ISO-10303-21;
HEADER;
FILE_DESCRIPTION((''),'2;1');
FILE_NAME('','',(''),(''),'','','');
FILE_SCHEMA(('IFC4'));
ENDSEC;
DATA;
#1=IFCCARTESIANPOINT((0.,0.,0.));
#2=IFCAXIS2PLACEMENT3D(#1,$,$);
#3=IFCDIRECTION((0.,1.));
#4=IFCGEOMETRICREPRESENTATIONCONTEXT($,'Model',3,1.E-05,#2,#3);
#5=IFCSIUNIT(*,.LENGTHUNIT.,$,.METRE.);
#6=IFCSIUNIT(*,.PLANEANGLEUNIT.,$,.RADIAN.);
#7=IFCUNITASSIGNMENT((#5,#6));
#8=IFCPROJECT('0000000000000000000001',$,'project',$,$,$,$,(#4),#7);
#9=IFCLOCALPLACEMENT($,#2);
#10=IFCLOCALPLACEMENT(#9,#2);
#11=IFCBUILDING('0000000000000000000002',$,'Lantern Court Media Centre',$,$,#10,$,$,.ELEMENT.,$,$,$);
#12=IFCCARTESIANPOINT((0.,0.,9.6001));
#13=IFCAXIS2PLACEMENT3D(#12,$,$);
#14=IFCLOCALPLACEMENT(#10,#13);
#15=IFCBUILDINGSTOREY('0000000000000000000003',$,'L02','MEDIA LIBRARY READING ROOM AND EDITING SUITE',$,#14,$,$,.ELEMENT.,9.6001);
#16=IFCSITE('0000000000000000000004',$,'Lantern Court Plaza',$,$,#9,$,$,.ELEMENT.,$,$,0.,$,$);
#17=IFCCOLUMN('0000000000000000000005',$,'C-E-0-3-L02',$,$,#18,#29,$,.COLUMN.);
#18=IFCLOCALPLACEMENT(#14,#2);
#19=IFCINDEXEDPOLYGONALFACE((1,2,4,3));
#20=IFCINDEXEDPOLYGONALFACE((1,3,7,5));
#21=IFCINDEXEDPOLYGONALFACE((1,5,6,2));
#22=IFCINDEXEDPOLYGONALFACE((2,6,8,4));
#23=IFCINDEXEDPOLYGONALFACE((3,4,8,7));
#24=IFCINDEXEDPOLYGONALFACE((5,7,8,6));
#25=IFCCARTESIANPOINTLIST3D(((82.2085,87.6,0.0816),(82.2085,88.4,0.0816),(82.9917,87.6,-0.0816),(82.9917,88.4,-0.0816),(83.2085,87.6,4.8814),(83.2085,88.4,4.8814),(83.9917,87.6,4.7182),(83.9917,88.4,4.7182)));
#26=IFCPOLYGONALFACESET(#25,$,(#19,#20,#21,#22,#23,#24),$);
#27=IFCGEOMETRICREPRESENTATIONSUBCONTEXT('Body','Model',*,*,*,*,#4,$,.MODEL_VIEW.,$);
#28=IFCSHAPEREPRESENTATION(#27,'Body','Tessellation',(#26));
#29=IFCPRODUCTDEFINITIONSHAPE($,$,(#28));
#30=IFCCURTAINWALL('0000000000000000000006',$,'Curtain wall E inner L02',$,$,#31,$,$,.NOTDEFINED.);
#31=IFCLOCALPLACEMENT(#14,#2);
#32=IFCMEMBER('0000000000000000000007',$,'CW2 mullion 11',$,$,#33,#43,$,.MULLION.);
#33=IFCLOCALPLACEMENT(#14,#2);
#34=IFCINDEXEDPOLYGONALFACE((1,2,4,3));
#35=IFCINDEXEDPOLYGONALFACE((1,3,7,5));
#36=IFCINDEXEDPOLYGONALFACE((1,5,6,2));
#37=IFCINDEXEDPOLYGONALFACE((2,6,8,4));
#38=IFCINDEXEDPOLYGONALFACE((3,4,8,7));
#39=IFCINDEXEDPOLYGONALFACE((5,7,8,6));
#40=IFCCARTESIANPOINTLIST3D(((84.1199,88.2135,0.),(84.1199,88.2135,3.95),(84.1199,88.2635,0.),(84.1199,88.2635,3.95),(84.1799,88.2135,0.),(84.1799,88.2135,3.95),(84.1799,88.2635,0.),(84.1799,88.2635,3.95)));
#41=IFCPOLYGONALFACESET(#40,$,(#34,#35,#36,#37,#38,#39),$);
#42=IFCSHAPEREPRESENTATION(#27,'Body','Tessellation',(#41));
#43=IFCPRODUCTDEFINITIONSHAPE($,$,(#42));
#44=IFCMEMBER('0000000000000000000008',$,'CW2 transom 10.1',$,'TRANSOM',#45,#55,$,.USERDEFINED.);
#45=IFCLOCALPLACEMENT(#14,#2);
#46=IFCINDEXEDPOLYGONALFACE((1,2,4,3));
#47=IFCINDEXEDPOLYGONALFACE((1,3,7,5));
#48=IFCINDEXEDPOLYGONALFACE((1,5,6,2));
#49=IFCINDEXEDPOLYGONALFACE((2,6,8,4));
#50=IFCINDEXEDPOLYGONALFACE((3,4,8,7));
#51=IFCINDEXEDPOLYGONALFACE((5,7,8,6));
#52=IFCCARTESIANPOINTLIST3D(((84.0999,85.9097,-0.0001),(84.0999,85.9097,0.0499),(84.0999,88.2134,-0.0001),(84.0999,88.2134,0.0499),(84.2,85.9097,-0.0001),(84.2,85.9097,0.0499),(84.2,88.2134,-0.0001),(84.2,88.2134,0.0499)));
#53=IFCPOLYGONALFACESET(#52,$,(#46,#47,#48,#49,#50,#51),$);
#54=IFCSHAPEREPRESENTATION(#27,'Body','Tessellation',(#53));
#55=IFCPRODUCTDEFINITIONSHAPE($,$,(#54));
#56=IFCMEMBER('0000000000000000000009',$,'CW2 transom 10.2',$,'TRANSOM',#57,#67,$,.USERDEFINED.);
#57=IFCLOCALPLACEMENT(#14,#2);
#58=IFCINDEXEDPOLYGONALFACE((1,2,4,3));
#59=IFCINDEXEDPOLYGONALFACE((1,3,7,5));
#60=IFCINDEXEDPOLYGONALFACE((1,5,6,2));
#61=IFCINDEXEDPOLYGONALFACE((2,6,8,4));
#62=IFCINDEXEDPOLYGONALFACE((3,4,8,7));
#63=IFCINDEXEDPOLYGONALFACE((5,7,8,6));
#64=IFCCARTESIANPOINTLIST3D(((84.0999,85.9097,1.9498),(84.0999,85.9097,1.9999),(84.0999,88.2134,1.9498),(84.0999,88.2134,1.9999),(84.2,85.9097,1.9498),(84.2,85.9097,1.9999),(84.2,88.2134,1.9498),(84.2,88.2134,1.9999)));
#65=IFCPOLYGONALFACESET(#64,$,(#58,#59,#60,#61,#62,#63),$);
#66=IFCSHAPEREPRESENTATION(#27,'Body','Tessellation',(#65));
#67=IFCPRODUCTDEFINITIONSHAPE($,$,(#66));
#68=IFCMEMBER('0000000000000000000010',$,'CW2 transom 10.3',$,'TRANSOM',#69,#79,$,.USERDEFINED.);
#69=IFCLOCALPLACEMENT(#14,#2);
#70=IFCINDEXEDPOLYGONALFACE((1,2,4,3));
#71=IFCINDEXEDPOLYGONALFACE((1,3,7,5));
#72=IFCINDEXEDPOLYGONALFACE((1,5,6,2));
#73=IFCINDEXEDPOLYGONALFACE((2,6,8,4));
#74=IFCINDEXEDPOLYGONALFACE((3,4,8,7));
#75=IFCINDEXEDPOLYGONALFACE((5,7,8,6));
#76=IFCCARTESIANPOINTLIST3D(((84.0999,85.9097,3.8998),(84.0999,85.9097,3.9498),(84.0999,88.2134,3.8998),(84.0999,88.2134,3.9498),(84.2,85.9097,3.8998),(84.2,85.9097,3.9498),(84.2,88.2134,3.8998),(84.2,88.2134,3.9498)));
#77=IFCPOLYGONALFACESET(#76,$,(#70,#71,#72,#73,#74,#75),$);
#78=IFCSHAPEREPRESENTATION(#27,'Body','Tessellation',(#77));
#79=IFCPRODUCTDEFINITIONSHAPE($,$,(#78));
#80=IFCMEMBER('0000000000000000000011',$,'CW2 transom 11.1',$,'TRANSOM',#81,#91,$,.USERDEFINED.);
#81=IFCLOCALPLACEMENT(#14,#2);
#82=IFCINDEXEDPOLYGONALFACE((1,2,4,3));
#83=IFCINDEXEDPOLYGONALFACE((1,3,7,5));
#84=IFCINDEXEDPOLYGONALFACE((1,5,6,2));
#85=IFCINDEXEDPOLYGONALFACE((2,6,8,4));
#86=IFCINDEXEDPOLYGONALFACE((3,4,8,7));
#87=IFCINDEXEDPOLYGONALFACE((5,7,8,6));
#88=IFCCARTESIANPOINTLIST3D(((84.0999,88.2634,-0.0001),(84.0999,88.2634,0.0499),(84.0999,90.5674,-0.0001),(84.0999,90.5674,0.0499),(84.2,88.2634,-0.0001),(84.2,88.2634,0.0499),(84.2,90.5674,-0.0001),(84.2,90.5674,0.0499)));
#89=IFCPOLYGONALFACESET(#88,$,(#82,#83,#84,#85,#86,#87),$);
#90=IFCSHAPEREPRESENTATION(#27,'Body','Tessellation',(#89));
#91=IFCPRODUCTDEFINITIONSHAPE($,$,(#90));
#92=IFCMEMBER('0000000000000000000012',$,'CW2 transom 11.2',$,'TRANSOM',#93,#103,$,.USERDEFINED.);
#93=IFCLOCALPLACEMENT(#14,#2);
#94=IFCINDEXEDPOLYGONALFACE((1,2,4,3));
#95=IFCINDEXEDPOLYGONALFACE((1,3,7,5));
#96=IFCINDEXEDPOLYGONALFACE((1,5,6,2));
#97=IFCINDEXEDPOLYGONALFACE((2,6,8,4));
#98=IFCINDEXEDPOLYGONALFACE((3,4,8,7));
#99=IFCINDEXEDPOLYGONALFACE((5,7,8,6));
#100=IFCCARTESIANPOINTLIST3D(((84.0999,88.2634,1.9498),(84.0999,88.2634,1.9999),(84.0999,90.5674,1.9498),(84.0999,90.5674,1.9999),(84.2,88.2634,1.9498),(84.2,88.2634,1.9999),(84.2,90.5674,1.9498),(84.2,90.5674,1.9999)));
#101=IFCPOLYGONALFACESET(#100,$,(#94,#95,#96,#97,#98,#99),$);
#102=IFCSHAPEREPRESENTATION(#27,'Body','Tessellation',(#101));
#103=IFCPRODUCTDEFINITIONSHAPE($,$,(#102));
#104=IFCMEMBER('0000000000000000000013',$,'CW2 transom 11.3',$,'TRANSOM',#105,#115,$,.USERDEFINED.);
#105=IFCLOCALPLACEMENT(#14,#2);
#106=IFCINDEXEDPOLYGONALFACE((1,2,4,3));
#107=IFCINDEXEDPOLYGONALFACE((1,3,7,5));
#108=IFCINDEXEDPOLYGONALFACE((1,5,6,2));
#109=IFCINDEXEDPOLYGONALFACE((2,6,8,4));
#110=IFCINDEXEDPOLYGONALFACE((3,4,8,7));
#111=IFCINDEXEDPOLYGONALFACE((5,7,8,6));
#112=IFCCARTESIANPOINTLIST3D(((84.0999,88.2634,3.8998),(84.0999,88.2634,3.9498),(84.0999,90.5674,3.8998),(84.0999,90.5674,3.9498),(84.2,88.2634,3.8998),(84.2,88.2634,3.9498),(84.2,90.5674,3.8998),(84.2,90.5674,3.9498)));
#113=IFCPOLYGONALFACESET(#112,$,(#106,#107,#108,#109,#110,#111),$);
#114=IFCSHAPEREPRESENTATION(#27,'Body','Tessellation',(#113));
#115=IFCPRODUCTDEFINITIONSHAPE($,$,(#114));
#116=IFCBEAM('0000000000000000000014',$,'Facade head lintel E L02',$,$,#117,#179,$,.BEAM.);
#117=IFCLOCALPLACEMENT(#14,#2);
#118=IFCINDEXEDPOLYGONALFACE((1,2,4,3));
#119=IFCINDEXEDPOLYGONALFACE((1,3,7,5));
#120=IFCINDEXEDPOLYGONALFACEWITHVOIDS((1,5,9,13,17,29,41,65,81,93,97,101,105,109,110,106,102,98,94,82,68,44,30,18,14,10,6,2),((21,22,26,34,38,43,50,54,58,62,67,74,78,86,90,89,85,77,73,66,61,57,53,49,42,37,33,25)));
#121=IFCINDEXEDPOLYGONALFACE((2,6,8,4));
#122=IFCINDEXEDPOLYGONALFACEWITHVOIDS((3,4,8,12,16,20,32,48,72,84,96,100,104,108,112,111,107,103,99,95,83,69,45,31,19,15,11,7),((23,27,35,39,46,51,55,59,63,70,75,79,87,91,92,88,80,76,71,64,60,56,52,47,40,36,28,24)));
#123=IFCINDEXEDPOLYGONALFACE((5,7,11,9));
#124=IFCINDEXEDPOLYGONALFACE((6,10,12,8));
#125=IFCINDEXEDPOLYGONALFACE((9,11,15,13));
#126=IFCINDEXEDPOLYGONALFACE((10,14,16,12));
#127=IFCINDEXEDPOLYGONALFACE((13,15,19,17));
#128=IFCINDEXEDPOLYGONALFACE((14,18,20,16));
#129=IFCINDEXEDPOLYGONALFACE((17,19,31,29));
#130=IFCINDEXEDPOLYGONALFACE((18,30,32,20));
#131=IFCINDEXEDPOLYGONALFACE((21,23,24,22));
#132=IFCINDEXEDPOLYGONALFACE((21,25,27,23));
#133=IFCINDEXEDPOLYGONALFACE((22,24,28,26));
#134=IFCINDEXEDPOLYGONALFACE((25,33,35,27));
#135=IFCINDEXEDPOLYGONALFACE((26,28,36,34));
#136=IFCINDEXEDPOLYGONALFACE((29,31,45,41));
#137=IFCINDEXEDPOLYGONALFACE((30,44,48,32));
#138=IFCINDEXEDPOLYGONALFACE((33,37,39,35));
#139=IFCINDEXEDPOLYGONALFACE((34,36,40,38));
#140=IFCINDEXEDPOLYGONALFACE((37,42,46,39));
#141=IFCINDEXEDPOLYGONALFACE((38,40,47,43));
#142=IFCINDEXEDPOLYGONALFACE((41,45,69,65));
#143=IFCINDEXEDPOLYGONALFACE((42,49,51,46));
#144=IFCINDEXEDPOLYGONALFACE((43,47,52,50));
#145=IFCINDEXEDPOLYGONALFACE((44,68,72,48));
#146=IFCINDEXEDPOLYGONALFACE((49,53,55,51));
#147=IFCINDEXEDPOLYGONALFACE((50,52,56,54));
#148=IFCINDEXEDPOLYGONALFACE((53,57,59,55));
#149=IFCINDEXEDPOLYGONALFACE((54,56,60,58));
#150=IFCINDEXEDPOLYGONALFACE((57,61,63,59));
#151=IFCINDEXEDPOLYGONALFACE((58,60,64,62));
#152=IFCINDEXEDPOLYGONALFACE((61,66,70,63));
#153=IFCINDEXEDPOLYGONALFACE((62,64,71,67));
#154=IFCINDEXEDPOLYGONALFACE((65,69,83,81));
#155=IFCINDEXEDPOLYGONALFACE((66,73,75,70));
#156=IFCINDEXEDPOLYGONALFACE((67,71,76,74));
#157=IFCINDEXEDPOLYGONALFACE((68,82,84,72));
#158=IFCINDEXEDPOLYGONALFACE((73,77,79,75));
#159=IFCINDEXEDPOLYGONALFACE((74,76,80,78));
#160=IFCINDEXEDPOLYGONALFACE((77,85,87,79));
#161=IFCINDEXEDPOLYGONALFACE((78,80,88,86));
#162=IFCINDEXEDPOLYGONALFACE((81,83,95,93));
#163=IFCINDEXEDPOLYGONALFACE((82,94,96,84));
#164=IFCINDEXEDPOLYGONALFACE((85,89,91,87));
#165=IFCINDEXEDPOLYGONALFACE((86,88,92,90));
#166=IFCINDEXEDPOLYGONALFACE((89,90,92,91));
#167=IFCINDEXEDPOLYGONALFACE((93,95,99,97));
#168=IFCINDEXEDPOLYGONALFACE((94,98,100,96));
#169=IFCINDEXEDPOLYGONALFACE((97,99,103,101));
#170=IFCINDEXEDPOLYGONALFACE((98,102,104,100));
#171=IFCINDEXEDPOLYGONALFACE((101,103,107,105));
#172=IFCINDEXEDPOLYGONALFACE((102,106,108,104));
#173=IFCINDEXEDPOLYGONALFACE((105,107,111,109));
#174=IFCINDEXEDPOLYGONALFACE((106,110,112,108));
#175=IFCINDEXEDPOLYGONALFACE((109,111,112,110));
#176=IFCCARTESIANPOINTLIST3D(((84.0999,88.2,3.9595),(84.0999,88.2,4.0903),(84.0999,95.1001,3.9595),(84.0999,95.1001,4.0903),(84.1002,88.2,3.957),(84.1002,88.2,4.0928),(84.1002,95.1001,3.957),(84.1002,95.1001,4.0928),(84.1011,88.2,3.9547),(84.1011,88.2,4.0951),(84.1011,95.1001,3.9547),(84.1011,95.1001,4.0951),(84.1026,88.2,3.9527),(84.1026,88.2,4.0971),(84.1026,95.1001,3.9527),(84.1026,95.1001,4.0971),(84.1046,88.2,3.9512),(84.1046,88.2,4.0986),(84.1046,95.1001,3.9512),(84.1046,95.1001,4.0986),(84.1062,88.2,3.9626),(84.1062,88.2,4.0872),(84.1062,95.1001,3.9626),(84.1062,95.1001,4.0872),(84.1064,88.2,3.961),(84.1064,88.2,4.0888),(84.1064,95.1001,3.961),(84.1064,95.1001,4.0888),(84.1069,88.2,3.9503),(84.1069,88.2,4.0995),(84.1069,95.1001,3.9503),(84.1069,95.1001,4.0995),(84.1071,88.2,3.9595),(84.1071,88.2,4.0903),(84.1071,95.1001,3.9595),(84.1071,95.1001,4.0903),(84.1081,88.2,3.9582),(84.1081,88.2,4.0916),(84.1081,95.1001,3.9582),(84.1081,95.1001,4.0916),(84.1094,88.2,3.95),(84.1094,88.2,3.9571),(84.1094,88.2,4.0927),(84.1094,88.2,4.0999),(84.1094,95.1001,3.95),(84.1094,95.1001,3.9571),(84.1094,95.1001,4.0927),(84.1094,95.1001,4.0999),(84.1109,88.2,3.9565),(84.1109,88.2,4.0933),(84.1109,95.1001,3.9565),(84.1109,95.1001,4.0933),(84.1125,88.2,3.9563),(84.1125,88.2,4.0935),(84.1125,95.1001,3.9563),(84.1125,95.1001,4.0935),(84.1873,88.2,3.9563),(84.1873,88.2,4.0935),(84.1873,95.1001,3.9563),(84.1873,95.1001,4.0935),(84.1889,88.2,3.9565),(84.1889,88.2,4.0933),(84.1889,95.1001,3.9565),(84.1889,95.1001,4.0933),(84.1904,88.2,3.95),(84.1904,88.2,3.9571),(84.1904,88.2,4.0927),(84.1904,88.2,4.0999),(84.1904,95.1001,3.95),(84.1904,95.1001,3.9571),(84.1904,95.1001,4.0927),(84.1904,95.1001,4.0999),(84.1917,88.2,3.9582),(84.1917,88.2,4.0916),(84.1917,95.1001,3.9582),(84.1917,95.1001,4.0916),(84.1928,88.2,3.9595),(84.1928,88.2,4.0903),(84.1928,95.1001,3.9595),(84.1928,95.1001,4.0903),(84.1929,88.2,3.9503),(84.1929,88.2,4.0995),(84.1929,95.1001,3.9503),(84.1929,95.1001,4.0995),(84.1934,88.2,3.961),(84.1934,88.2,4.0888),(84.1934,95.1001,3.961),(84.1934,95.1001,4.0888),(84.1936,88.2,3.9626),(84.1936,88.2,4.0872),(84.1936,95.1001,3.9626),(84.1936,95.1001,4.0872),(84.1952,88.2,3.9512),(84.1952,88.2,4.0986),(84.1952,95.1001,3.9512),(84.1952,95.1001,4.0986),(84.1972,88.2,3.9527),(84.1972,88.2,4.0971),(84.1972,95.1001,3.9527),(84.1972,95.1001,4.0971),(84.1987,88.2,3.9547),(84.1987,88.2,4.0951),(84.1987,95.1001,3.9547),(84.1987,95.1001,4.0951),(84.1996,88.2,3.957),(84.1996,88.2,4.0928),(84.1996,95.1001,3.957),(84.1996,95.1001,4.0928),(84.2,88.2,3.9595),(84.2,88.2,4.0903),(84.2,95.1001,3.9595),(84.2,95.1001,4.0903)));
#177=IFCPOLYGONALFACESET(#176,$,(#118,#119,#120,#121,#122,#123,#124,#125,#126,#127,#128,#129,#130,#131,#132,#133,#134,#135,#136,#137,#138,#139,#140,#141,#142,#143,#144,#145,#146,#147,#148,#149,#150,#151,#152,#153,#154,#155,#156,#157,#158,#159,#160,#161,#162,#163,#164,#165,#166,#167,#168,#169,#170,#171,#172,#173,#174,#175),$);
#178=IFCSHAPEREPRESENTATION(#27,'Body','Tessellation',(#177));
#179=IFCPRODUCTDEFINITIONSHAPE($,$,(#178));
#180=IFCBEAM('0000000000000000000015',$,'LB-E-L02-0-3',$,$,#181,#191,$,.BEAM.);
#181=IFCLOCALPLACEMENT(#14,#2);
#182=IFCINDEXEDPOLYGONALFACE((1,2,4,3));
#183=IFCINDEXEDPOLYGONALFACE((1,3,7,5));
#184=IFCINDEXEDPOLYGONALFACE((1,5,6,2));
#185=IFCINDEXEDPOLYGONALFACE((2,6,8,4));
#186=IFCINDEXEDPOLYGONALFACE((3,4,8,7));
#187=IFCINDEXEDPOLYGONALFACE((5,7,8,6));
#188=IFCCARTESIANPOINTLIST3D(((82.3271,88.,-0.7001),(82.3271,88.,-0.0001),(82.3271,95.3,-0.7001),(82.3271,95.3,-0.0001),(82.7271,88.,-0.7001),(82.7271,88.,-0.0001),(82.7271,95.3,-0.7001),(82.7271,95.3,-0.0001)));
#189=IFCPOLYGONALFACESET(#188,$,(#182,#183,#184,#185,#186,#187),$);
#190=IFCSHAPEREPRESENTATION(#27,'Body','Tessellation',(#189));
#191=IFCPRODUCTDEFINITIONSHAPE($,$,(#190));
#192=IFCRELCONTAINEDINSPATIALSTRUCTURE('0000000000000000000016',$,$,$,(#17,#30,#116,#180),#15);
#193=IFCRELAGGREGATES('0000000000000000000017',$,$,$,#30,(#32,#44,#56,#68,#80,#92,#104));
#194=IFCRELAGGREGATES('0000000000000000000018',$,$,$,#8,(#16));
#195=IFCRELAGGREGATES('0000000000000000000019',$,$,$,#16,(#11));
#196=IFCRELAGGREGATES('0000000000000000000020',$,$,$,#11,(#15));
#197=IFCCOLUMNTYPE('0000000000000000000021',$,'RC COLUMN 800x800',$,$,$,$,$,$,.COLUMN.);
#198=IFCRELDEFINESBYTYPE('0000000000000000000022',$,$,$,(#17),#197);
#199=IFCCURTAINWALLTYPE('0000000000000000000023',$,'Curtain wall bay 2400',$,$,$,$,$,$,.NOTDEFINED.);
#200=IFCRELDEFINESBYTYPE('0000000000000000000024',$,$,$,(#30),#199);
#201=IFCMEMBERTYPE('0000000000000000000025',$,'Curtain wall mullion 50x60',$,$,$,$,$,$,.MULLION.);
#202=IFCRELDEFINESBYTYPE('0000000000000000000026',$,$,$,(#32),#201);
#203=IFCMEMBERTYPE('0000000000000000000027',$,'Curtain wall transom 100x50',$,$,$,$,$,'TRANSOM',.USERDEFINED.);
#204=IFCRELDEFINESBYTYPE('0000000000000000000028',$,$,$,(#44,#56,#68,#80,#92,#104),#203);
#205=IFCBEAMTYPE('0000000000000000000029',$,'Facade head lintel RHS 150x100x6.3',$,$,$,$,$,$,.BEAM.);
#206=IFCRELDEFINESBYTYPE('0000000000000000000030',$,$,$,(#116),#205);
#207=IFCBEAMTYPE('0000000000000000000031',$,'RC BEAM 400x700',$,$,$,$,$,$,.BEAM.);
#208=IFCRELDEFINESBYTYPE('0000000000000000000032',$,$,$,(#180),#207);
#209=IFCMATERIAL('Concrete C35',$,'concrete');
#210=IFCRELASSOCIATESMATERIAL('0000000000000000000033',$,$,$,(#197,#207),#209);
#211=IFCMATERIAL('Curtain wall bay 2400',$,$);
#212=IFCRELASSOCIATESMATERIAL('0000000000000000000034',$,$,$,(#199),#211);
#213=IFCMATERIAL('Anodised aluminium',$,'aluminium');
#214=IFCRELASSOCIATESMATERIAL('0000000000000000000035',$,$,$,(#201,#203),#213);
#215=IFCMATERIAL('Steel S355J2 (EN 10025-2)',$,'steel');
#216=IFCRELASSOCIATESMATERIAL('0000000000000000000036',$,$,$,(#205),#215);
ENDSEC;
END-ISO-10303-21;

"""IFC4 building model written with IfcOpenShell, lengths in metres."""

from ifc_helpers import new_model, si_unit, direction, frame, origin, origin_2d, place, context, subcontext, project, spatial, rectangle, hollow_rectangle, extrude, material, material_profile, profile_set, type_object, element, aggregate, save


model = new_model("IFC4")

# Units and contexts
model_context = context("Model", 3, precision=1e-05, world=origin(), true_north=direction((0.0, 1.0)))
body_context = subcontext(model_context, "Body", "Model", "MODEL_VIEW")
ifc_project = project(units=[si_unit("LENGTHUNIT", "METRE"), si_unit("PLANEANGLEUNIT", "RADIAN")], contexts=[model_context])

# Site, building, storey
site_placement = place(None, origin())
site = spatial("IfcSite", under=ifc_project, at=site_placement, Name="Lantern Court Plaza", CompositionType="ELEMENT", RefElevation=0.0)
building_placement = place(site_placement, origin())
building = spatial("IfcBuilding", under=site, at=building_placement, Name="Lantern Court Media Centre", CompositionType="ELEMENT")
storey_placement = place(building_placement, frame((0.0, 0.0, 9.6001)))
storey = spatial("IfcBuildingStorey", under=building, at=storey_placement, Name="L02", Description="MEDIA LIBRARY READING ROOM AND EDITING SUITE", CompositionType="ELEMENT", Elevation=9.6001)

# Column
ifc_material_1 = material(Name="Concrete C35", Category="concrete")
ifc_material_profile_1 = material_profile(ifc_material_1, rectangle(XDim=0.8, YDim=0.8, at=origin_2d()), Name="RC 800x800")
ifc_profile_set_1 = profile_set([ifc_material_profile_1], Name="Concrete C35")
column_type = type_object("IfcColumnType", Name="RC COLUMN 800x800", PredefinedType="COLUMN", material=ifc_profile_set_1)
column_placement = place(storey_placement, frame((82.6001, 88.0, 0.0), z_axis=(0.203962, 0.0, 0.978979), x_axis=(0.0, 1.0, 0.0)))
element("IfcColumn", 1, at=column_placement, inside=storey, type_object=column_type, Name="C-E-0-3-L02", PredefinedType="COLUMN", context=body_context, shape_type="SweptSolid", body=[
    extrude(rectangle(XDim=0.8, YDim=0.8, at=origin_2d()), origin(), (0.0, 0.0, 1.0), 4.9028),
])

# Curtain wall, members
ifc_material_2 = material(Name="Curtain wall bay 2400")
curtain_wall_type = type_object("IfcCurtainWallType", Name="Curtain wall bay 2400", PredefinedType="NOTDEFINED", material=ifc_material_2)
curtain_wall_placement = place(storey_placement, origin())
curtain_wall = element("IfcCurtainWall", 2, at=curtain_wall_placement, inside=storey, type_object=curtain_wall_type, Name="Curtain wall E inner L02", PredefinedType="NOTDEFINED")
ifc_material_3 = material(Name="Anodised aluminium", Category="aluminium")
ifc_material_profile_2 = material_profile(ifc_material_3, rectangle(XDim=0.0601, YDim=0.05, at=origin_2d()), Name="AL 50x60")
ifc_profile_set_2 = profile_set([ifc_material_profile_2], Name="Anodised aluminium")
member_type_1 = type_object("IfcMemberType", Name="Curtain wall mullion 50x60", PredefinedType="MULLION", material=ifc_profile_set_2)
member_1_placement = place(storey_placement, frame((84.1499, 88.2385, 0.0), z_axis=(0.0, 0.0, 1.0), x_axis=(-1.0, 0.0, 0.0)))
member_1 = element("IfcMember", 3, at=member_1_placement, type_object=member_type_1, Name="CW2 mullion 11", PredefinedType="MULLION", context=body_context, shape_type="SweptSolid", body=[
    extrude(rectangle(XDim=0.0601, YDim=0.05, at=origin_2d()), origin(), (0.0, 0.0, 1.0), 3.95),
])
ifc_material_profile_3 = material_profile(ifc_material_3, rectangle(XDim=0.1001, YDim=0.05, at=origin_2d()), Name="AL 50x100")
ifc_profile_set_3 = profile_set([ifc_material_profile_3], Name="Anodised aluminium")
member_type_2 = type_object("IfcMemberType", Name="Curtain wall transom 100x50", ElementType="TRANSOM", PredefinedType="USERDEFINED", material=ifc_profile_set_3)
member_2_placement = place(storey_placement, frame((84.1499, 85.9097, 0.0249), z_axis=(0.0, 1.0, 0.0), x_axis=(-1.0, 0.0, 0.0)))
member_2 = element("IfcMember", 4, at=member_2_placement, type_object=member_type_2, Name="CW2 transom 10.1", ObjectType="TRANSOM", PredefinedType="USERDEFINED", context=body_context, shape_type="SweptSolid", body=[
    extrude(rectangle(XDim=0.1001, YDim=0.05, at=origin_2d()), origin(), (0.0, 0.0, 1.0), 2.3037),
])
member_3_placement = place(storey_placement, frame((84.1499, 85.9097, 1.9749), z_axis=(0.0, 1.0, 0.0), x_axis=(-1.0, 0.0, 0.0)))
member_3 = element("IfcMember", 5, at=member_3_placement, type_object=member_type_2, Name="CW2 transom 10.2", ObjectType="TRANSOM", PredefinedType="USERDEFINED", context=body_context, shape_type="SweptSolid", body=[
    extrude(rectangle(XDim=0.1001, YDim=0.05, at=origin_2d()), origin(), (0.0, 0.0, 1.0), 2.3037),
])
member_4_placement = place(storey_placement, frame((84.1499, 85.9097, 3.9248), z_axis=(0.0, 1.0, 0.0), x_axis=(-1.0, 0.0, 0.0)))
member_4 = element("IfcMember", 6, at=member_4_placement, type_object=member_type_2, Name="CW2 transom 10.3", ObjectType="TRANSOM", PredefinedType="USERDEFINED", context=body_context, shape_type="SweptSolid", body=[
    extrude(rectangle(XDim=0.1001, YDim=0.05, at=origin_2d()), origin(), (0.0, 0.0, 1.0), 2.3037),
])
member_5_placement = place(storey_placement, frame((84.1499, 88.2634, 0.0249), z_axis=(0.0, 1.0, 0.0), x_axis=(-1.0, 0.0, 0.0)))
member_5 = element("IfcMember", 7, at=member_5_placement, type_object=member_type_2, Name="CW2 transom 11.1", ObjectType="TRANSOM", PredefinedType="USERDEFINED", context=body_context, shape_type="SweptSolid", body=[
    extrude(rectangle(XDim=0.1001, YDim=0.05, at=origin_2d()), origin(), (0.0, 0.0, 1.0), 2.304),
])
member_6_placement = place(storey_placement, frame((84.1499, 88.2634, 1.9749), z_axis=(0.0, 1.0, 0.0), x_axis=(-1.0, 0.0, 0.0)))
member_6 = element("IfcMember", 8, at=member_6_placement, type_object=member_type_2, Name="CW2 transom 11.2", ObjectType="TRANSOM", PredefinedType="USERDEFINED", context=body_context, shape_type="SweptSolid", body=[
    extrude(rectangle(XDim=0.1001, YDim=0.05, at=origin_2d()), origin(), (0.0, 0.0, 1.0), 2.304),
])
member_7_placement = place(storey_placement, frame((84.1499, 88.2634, 3.9248), z_axis=(0.0, 1.0, 0.0), x_axis=(-1.0, 0.0, 0.0)))
member_7 = element("IfcMember", 9, at=member_7_placement, type_object=member_type_2, Name="CW2 transom 11.3", ObjectType="TRANSOM", PredefinedType="USERDEFINED", context=body_context, shape_type="SweptSolid", body=[
    extrude(rectangle(XDim=0.1001, YDim=0.05, at=origin_2d()), origin(), (0.0, 0.0, 1.0), 2.304),
])

# Beams
ifc_material_4 = material(Name="Steel S355J2 (EN 10025-2)", Category="steel")
ifc_material_profile_4 = material_profile(ifc_material_4, hollow_rectangle(XDim=0.1001, YDim=0.1499, WallThickness=0.0063, InnerFilletRadius=0.0063, OuterFilletRadius=0.0095, at=origin_2d()), Name="Facade head lintel RHS 150x100x6.3")
ifc_profile_set_4 = profile_set([ifc_material_profile_4], Name="Steel S355J2 (EN 10025-2)")
beam_type_1 = type_object("IfcBeamType", Name="Facade head lintel RHS 150x100x6.3", PredefinedType="BEAM", material=ifc_profile_set_4)
beam_1_placement = place(storey_placement, frame((84.1499, 88.2, 4.0249), z_axis=(0.0, 1.0, 0.0), x_axis=(-1.0, 0.0, 0.0)))
element("IfcBeam", 10, at=beam_1_placement, inside=storey, type_object=beam_type_1, Name="Facade head lintel E L02", PredefinedType="BEAM", context=body_context, shape_type="SweptSolid", body=[
    extrude(hollow_rectangle(XDim=0.1001, YDim=0.1499, WallThickness=0.0063, InnerFilletRadius=0.0063, OuterFilletRadius=0.0095, at=origin_2d()), origin(), (0.0, 0.0, 1.0), 6.9001),
])
ifc_material_profile_5 = material_profile(ifc_material_1, rectangle(XDim=0.3999, YDim=0.7, at=origin_2d()), Name="RC 400x700")
ifc_profile_set_5 = profile_set([ifc_material_profile_5], Name="Concrete C35")
beam_type_2 = type_object("IfcBeamType", Name="RC BEAM 400x700", PredefinedType="BEAM", material=ifc_profile_set_5)
beam_2_placement = place(storey_placement, frame((82.5271, 88.0, -0.3501), z_axis=(0.0, 1.0, 0.0), x_axis=(-1.0, 0.0, 0.0)))
element("IfcBeam", 11, at=beam_2_placement, inside=storey, type_object=beam_type_2, Name="LB-E-L02-0-3", PredefinedType="BEAM", context=body_context, shape_type="SweptSolid", body=[
    extrude(rectangle(XDim=0.3999, YDim=0.7, at=origin_2d()), origin(), (0.0, 0.0, 1.0), 7.3),
])

aggregate(curtain_wall, [member_1, member_2, member_3, member_4, member_5, member_6, member_7])

save(model, "model.ifc")
